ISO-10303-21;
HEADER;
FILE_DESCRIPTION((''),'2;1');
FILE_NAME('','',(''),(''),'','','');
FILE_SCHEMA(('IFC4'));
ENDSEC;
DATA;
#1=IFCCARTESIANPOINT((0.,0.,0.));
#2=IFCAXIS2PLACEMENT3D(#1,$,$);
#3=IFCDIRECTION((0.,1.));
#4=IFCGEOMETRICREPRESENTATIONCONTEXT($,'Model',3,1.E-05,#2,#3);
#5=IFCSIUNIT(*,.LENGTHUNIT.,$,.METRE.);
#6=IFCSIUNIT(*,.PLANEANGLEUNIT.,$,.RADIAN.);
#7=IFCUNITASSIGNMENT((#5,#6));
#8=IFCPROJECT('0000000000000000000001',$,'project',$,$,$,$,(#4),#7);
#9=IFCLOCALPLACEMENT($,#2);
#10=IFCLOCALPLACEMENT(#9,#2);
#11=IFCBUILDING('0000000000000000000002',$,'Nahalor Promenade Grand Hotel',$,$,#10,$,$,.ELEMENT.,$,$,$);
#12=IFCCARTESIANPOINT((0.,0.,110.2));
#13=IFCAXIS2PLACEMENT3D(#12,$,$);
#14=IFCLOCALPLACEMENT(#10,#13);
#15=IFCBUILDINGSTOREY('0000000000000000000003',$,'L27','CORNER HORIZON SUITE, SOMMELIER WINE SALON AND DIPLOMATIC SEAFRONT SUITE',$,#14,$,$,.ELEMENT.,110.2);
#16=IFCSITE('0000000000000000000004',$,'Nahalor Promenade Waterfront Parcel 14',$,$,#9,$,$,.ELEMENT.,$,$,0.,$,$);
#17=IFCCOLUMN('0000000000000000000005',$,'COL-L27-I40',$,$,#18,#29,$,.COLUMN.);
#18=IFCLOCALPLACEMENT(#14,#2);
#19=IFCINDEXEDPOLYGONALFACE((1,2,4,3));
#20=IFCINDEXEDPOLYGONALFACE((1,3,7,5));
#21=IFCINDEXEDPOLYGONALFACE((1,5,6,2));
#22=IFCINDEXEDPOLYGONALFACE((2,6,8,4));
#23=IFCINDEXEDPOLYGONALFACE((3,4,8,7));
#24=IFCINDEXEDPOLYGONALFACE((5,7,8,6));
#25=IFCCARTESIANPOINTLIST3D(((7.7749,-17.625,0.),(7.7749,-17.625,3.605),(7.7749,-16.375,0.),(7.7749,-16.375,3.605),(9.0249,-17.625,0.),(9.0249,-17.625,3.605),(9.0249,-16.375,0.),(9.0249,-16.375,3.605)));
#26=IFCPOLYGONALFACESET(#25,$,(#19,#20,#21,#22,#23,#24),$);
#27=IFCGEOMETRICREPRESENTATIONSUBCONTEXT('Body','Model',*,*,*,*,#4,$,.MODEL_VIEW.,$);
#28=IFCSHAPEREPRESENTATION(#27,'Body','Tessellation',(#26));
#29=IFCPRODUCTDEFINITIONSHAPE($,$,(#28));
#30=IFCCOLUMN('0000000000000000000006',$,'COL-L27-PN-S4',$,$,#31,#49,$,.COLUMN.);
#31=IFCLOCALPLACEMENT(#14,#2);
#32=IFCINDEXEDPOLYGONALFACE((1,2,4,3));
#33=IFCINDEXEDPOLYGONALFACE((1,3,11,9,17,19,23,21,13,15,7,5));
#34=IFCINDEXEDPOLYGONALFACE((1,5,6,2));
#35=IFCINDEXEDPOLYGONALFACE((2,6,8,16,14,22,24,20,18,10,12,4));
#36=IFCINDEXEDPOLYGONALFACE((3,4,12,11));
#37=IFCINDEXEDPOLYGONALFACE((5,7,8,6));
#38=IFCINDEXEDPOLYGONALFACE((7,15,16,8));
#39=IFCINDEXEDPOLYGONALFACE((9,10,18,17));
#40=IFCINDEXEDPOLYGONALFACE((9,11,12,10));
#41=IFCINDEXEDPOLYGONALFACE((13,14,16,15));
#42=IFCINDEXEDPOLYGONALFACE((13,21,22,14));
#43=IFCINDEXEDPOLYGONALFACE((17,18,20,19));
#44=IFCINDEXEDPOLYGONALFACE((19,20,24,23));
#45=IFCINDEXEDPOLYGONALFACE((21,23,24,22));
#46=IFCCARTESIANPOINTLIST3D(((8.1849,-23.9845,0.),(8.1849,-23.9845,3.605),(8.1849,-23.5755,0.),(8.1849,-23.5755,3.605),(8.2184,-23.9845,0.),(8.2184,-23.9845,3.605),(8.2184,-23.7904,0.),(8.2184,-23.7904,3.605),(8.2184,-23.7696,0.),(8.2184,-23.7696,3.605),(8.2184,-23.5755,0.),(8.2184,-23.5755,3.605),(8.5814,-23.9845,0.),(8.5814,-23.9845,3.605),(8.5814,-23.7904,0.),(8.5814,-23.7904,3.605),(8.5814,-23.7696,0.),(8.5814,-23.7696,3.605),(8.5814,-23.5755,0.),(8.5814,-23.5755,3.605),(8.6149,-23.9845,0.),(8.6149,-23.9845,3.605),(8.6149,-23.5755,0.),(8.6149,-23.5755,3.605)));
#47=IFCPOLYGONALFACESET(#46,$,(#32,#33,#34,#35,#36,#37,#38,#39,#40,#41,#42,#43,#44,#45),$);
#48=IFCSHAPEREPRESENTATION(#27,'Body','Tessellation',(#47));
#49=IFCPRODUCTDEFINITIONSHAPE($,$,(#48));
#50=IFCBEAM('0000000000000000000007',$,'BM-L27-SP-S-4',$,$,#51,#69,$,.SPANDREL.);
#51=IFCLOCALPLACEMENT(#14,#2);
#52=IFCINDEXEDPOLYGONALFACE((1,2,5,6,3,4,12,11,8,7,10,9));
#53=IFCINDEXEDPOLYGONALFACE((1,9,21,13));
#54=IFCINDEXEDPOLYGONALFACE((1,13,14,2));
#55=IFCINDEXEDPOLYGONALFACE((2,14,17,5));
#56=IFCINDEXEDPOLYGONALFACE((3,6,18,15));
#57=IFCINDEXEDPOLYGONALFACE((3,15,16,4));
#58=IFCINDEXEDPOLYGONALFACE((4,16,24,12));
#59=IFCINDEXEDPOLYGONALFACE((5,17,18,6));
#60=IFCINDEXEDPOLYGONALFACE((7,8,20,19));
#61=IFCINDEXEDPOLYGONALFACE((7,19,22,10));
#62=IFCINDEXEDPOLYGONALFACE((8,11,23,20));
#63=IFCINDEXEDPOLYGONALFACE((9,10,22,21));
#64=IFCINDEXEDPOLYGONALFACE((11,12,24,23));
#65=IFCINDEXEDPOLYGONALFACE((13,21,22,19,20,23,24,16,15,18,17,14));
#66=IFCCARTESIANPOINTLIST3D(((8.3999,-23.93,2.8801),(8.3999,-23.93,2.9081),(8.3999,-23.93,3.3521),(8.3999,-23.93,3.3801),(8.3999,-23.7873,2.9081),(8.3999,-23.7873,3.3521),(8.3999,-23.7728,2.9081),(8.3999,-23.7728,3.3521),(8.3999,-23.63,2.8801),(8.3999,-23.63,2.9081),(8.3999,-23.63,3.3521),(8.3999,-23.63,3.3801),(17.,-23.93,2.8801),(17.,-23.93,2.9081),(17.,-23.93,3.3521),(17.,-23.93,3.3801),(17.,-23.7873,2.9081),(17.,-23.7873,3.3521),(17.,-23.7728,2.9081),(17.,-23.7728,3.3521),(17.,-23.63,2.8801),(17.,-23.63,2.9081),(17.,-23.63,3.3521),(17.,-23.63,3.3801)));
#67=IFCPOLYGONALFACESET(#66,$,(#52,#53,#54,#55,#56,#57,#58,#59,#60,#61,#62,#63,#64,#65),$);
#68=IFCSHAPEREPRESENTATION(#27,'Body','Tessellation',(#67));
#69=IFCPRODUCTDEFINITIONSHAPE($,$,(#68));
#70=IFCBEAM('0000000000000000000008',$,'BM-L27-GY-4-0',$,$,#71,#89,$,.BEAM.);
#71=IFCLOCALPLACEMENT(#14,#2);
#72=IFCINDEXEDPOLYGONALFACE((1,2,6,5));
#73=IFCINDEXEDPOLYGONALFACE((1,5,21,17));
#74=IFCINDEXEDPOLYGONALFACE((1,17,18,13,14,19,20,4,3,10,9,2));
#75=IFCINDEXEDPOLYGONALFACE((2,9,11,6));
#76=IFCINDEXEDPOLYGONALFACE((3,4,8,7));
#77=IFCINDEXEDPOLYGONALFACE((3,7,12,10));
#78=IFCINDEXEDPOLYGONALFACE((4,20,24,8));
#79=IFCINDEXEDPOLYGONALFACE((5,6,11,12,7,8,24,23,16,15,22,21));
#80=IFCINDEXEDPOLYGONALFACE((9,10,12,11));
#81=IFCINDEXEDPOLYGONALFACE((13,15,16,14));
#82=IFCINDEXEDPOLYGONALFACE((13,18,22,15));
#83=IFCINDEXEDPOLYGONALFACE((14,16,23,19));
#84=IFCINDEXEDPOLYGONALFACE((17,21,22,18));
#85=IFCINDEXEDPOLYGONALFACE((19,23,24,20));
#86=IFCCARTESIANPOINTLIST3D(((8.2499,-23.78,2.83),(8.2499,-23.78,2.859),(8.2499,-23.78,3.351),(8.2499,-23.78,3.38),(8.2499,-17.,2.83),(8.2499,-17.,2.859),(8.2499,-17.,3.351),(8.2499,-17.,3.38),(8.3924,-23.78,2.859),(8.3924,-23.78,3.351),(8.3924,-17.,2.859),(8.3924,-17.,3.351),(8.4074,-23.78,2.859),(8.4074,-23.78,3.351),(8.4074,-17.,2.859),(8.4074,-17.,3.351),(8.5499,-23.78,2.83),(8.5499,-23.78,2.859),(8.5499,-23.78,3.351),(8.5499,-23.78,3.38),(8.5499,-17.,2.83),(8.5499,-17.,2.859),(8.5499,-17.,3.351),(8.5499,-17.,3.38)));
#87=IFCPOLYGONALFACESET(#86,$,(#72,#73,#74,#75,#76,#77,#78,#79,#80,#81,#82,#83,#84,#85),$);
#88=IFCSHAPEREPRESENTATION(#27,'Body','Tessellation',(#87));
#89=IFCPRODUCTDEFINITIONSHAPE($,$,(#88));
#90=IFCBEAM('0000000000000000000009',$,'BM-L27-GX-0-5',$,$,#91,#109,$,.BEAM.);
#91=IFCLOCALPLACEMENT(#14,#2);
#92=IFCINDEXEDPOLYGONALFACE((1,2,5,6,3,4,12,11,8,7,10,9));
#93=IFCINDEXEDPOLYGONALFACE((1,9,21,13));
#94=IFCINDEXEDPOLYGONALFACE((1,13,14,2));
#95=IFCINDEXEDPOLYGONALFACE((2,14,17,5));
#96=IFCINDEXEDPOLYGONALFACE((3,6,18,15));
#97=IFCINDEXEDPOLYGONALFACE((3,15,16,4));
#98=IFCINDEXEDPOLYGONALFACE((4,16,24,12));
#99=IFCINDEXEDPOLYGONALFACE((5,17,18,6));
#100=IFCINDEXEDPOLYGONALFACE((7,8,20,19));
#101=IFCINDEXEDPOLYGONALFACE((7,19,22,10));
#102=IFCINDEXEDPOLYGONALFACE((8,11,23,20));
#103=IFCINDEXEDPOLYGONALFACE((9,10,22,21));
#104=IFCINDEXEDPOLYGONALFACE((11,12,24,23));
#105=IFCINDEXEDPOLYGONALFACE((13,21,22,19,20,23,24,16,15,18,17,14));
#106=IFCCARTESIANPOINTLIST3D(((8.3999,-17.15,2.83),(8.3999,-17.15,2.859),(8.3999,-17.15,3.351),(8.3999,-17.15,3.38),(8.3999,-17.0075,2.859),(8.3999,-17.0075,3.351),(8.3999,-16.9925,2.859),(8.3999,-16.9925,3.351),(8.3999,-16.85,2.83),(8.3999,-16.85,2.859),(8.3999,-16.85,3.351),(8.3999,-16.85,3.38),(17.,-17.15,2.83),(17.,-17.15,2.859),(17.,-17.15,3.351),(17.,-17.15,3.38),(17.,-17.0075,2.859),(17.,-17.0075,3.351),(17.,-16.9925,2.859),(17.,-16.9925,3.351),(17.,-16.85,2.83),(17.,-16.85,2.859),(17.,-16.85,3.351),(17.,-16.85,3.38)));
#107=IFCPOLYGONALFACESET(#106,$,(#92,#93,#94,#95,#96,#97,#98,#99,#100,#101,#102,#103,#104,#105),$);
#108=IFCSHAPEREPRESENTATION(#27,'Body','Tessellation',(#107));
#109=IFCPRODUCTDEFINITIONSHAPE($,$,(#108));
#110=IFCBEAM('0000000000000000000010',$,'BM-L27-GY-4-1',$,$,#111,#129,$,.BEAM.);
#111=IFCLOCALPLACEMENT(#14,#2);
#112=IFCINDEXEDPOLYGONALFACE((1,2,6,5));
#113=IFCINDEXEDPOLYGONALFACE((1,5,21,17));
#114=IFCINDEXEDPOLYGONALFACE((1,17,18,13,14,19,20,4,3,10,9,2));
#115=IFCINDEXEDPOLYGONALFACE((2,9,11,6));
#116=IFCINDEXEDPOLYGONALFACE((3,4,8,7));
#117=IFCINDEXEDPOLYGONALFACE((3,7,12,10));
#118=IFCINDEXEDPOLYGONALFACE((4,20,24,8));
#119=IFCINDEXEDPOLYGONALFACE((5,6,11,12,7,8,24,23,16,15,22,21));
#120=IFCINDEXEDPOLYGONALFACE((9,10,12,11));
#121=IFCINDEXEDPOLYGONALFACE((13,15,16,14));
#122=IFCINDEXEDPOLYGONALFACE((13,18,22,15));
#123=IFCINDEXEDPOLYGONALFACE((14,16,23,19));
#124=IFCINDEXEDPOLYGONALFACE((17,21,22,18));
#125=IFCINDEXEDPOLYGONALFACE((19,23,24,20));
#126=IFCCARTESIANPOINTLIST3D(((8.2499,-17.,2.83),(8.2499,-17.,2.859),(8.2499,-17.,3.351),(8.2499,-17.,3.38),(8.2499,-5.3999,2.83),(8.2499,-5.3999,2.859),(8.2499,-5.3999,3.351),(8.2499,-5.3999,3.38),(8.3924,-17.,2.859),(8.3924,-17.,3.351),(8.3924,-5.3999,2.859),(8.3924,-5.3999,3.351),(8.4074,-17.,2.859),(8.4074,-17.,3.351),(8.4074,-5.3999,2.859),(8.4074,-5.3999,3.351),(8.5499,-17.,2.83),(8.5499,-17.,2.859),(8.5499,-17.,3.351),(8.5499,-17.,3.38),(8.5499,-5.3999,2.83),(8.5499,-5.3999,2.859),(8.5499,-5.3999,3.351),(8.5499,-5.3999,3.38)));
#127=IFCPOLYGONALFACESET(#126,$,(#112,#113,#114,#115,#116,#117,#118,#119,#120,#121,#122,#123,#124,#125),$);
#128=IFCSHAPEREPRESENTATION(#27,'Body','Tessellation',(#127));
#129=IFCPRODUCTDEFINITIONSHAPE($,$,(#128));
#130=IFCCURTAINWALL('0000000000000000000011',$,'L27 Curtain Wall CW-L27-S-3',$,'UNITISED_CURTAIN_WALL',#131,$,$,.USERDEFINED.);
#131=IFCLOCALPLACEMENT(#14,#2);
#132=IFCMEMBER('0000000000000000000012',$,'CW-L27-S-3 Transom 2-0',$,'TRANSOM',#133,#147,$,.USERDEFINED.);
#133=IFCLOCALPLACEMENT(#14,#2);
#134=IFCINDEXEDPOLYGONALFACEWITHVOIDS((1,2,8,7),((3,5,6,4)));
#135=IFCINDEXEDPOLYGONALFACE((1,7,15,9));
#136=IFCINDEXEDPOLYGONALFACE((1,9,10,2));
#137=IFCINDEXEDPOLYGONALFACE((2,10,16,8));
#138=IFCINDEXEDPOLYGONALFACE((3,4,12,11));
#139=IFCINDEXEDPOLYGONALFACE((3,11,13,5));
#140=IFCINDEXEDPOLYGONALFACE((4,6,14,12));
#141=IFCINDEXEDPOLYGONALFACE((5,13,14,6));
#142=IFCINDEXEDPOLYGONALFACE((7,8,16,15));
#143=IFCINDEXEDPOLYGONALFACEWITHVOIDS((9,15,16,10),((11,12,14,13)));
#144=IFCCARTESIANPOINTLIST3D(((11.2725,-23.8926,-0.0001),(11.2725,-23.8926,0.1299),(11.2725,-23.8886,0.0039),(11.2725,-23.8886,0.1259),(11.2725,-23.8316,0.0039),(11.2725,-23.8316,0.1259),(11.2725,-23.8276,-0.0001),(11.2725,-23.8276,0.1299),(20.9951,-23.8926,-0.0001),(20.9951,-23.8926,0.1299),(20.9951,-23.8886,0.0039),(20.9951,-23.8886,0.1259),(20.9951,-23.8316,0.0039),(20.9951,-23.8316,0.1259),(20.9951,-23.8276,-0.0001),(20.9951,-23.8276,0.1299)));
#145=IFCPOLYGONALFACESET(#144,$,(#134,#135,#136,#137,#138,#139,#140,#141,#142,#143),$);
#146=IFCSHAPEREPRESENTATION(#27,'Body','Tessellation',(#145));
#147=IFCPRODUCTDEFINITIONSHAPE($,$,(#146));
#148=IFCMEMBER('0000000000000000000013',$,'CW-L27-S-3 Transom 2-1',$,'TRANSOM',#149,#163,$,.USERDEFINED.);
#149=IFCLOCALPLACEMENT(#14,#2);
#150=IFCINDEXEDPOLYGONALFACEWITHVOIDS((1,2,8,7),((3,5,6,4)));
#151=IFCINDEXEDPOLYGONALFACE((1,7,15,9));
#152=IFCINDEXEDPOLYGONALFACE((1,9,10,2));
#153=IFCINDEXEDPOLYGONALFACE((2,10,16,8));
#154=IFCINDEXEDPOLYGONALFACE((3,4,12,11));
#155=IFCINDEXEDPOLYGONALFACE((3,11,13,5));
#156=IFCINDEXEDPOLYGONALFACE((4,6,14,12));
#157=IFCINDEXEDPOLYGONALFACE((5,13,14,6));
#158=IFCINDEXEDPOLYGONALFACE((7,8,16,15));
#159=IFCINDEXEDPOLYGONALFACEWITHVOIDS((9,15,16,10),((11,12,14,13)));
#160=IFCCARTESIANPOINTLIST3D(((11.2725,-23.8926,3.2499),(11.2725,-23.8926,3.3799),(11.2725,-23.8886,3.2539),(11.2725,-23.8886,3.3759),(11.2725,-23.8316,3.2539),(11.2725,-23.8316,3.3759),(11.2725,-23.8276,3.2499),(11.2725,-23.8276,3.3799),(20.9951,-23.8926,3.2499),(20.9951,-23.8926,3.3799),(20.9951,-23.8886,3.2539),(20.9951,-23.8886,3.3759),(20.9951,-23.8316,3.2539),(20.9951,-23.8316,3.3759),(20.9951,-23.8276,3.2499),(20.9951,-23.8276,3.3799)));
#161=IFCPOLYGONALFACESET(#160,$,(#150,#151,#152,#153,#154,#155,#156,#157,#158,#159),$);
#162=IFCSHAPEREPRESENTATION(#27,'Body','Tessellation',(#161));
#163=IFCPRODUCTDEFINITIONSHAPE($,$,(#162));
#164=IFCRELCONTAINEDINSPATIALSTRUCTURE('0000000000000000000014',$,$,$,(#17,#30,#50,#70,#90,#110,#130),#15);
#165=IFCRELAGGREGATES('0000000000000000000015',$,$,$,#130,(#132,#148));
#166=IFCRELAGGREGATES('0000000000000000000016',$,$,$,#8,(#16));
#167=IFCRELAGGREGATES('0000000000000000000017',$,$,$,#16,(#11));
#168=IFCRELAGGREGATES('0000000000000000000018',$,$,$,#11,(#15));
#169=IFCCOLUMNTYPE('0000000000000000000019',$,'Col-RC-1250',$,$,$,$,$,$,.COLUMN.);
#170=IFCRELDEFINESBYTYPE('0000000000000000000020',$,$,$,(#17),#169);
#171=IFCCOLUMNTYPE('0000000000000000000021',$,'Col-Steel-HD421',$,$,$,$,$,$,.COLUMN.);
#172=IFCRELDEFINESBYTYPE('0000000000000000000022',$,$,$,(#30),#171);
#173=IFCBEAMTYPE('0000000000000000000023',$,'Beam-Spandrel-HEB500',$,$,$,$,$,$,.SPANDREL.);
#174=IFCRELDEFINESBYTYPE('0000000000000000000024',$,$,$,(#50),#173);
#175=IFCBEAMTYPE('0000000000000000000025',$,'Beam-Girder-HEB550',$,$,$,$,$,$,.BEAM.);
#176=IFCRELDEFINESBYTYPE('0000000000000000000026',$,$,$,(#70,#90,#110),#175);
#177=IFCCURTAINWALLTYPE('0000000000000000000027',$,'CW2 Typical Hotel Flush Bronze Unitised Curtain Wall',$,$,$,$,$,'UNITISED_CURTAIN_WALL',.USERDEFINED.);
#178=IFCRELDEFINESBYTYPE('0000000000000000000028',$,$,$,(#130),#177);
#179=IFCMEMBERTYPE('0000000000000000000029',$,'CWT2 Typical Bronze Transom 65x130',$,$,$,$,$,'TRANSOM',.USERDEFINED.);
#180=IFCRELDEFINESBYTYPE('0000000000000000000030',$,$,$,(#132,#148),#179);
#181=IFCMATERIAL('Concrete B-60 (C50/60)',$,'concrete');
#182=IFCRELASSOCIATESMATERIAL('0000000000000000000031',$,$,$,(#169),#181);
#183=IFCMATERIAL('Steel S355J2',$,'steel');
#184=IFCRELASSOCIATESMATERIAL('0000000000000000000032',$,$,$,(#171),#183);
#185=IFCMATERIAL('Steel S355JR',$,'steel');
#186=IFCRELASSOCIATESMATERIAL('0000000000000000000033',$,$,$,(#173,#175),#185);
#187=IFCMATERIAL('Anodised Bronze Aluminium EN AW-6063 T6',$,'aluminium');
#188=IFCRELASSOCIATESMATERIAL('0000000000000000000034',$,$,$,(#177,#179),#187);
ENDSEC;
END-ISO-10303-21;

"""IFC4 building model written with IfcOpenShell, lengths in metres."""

from ifc_helpers import new_model, si_unit, direction, frame, origin, origin_2d, place, context, subcontext, project, spatial, rectangle, hollow_rectangle, i_section, extrude, source, transform, mapped, material, material_profile, profile_set, type_object, element, aggregate, save


model = new_model("IFC4")

# Units and contexts
model_context = context("Model", 3, precision=1e-05, world=origin(), true_north=direction((0.0, 1.0)))
body_context = subcontext(model_context, "Body", "Model", "MODEL_VIEW")
ifc_project = project(units=[si_unit("LENGTHUNIT", "METRE"), si_unit("PLANEANGLEUNIT", "RADIAN")], contexts=[model_context])

# Site, building, storey
site_placement = place(None, origin())
site = spatial("IfcSite", under=ifc_project, at=site_placement, Name="Nahalor Promenade Waterfront Parcel 14", CompositionType="ELEMENT", RefElevation=0.0)
building_placement = place(site_placement, origin())
building = spatial("IfcBuilding", under=site, at=building_placement, Name="Nahalor Promenade Grand Hotel", CompositionType="ELEMENT")
storey_placement = place(building_placement, frame((0.0, 0.0, 110.2)))
storey = spatial("IfcBuildingStorey", under=building, at=storey_placement, Name="L27", Description="CORNER HORIZON SUITE, SOMMELIER WINE SALON AND DIPLOMATIC SEAFRONT SUITE", CompositionType="ELEMENT", Elevation=110.2)

# Columns
ifc_material_1 = material(Name="Concrete B-60 (C50/60)", Category="concrete")
ifc_material_profile_1 = material_profile(ifc_material_1, rectangle(XDim=1.25, YDim=1.25, at=origin_2d()), Name="RC 1250x1250")
ifc_profile_set_1 = profile_set([ifc_material_profile_1], Name="Concrete B-60 (C50/60)")
column_type_1 = type_object("IfcColumnType", Name="Col-RC-1250", PredefinedType="COLUMN", material=ifc_profile_set_1)
shared_shape_1 = source(origin(), body_context, "Body", "SweptSolid", [
    extrude(rectangle(XDim=1.25, YDim=1.25, at=origin_2d()), origin(), (0.0, 0.0, 1.0), 3.605),
])
column_1_placement = place(storey_placement, frame((8.3999, -17.0, 0.0), z_axis=(0.0, 0.0, 1.0), x_axis=(1.0, 0.0, 0.0)))
element("IfcColumn", 1, at=column_1_placement, inside=storey, type_object=column_type_1, Name="COL-L27-I40", PredefinedType="COLUMN", context=body_context, shape_type="MappedRepresentation", body=[
    mapped(shared_shape_1, transform((0.0, 0.0, 0.0), scale=1.0)),
])
ifc_material_2 = material(Name="Steel S355J2", Category="steel")
ifc_material_profile_2 = material_profile(ifc_material_2, i_section(OverallWidth=0.409, OverallDepth=0.43, WebThickness=0.0208, FlangeThickness=0.0335, at=origin_2d()), Name="HD 400x421")
ifc_profile_set_2 = profile_set([ifc_material_profile_2], Name="Steel S355J2")
column_type_2 = type_object("IfcColumnType", Name="Col-Steel-HD421", PredefinedType="COLUMN", material=ifc_profile_set_2)
shared_shape_2 = source(origin(), body_context, "Body", "SweptSolid", [
    extrude(i_section(OverallWidth=0.409, OverallDepth=0.43, WebThickness=0.0208, FlangeThickness=0.0335, at=origin_2d()), origin(), (0.0, 0.0, 1.0), 3.605),
])
column_2_placement = place(storey_placement, frame((8.3999, -23.78, 0.0), z_axis=(0.0, 0.0, 1.0), x_axis=(0.0, 1.0, 0.0)))
element("IfcColumn", 2, at=column_2_placement, inside=storey, type_object=column_type_2, Name="COL-L27-PN-S4", PredefinedType="COLUMN", context=body_context, shape_type="MappedRepresentation", body=[
    mapped(shared_shape_2, transform((0.0, 0.0, 0.0), scale=1.0)),
])

# Beams
ifc_material_3 = material(Name="Steel S355JR", Category="steel")
ifc_material_profile_3 = material_profile(ifc_material_3, i_section(OverallWidth=0.3, OverallDepth=0.5, WebThickness=0.0145, FlangeThickness=0.028, at=origin_2d()), Name="HEB 500")
ifc_profile_set_3 = profile_set([ifc_material_profile_3], Name="Steel S355JR")
beam_type_1 = type_object("IfcBeamType", Name="Beam-Spandrel-HEB500", PredefinedType="SPANDREL", material=ifc_profile_set_3)
shared_shape_3 = source(origin(), body_context, "Body", "SweptSolid", [
    extrude(i_section(OverallWidth=0.3, OverallDepth=0.5, WebThickness=0.0145, FlangeThickness=0.028, at=origin_2d()), origin(), (0.0, 0.0, 1.0), 8.6001),
])
beam_1_placement = place(storey_placement, frame((8.3999, -23.78, 3.1301), z_axis=(1.0, 0.0, 0.0), x_axis=(0.0, 1.0, 0.0)))
element("IfcBeam", 3, at=beam_1_placement, inside=storey, type_object=beam_type_1, Name="BM-L27-SP-S-4", PredefinedType="SPANDREL", context=body_context, shape_type="MappedRepresentation", body=[
    mapped(shared_shape_3, transform((0.0, 0.0, 0.0), scale=1.0)),
])
ifc_material_profile_4 = material_profile(ifc_material_3, i_section(OverallWidth=0.3, OverallDepth=0.55, WebThickness=0.015, FlangeThickness=0.029, at=origin_2d()), Name="HEB 550")
ifc_profile_set_4 = profile_set([ifc_material_profile_4], Name="Steel S355JR")
beam_type_2 = type_object("IfcBeamType", Name="Beam-Girder-HEB550", PredefinedType="BEAM", material=ifc_profile_set_4)
shared_shape_4 = source(origin(), body_context, "Body", "SweptSolid", [
    extrude(i_section(OverallWidth=0.3, OverallDepth=0.55, WebThickness=0.015, FlangeThickness=0.029, at=origin_2d()), origin(), (0.0, 0.0, 1.0), 6.78),
])
beam_2_placement = place(storey_placement, frame((8.3999, -23.78, 3.105), z_axis=(0.0, 1.0, 0.0), x_axis=(-1.0, 0.0, 0.0)))
element("IfcBeam", 4, at=beam_2_placement, inside=storey, type_object=beam_type_2, Name="BM-L27-GY-4-0", PredefinedType="BEAM", context=body_context, shape_type="MappedRepresentation", body=[
    mapped(shared_shape_4, transform((0.0, 0.0, 0.0), scale=1.0)),
])
shared_shape_5 = source(origin(), body_context, "Body", "SweptSolid", [
    extrude(i_section(OverallWidth=0.3, OverallDepth=0.55, WebThickness=0.015, FlangeThickness=0.029, at=origin_2d()), origin(), (0.0, 0.0, 1.0), 8.6001),
])
beam_3_placement = place(storey_placement, frame((8.3999, -17.0, 3.105), z_axis=(1.0, 0.0, 0.0), x_axis=(0.0, 1.0, 0.0)))
element("IfcBeam", 5, at=beam_3_placement, inside=storey, type_object=beam_type_2, Name="BM-L27-GX-0-5", PredefinedType="BEAM", context=body_context, shape_type="MappedRepresentation", body=[
    mapped(shared_shape_5, transform((0.0, 0.0, 0.0), scale=1.0)),
])
shared_shape_6 = source(origin(), body_context, "Body", "SweptSolid", [
    extrude(i_section(OverallWidth=0.3, OverallDepth=0.55, WebThickness=0.015, FlangeThickness=0.029, at=origin_2d()), origin(), (0.0, 0.0, 1.0), 11.6001),
])
beam_4_placement = place(storey_placement, frame((8.3999, -17.0, 3.105), z_axis=(0.0, 1.0, 0.0), x_axis=(-1.0, 0.0, 0.0)))
element("IfcBeam", 6, at=beam_4_placement, inside=storey, type_object=beam_type_2, Name="BM-L27-GY-4-1", PredefinedType="BEAM", context=body_context, shape_type="MappedRepresentation", body=[
    mapped(shared_shape_6, transform((0.0, 0.0, 0.0), scale=1.0)),
])

# Curtain wall, members
ifc_material_4 = material(Name="Anodised Bronze Aluminium EN AW-6063 T6", Category="aluminium")
curtain_wall_type = type_object("IfcCurtainWallType", Name="CW2 Typical Hotel Flush Bronze Unitised Curtain Wall", ElementType="UNITISED_CURTAIN_WALL", PredefinedType="USERDEFINED", material=ifc_material_4)
curtain_wall_placement = place(storey_placement, origin())
curtain_wall = element("IfcCurtainWall", 7, at=curtain_wall_placement, inside=storey, type_object=curtain_wall_type, Name="L27 Curtain Wall CW-L27-S-3", ObjectType="UNITISED_CURTAIN_WALL", PredefinedType="USERDEFINED")
ifc_material_profile_5 = material_profile(ifc_material_4, hollow_rectangle(XDim=0.065, YDim=0.13, WallThickness=0.004, at=origin_2d()), Name="CWT 65x130x4")
ifc_profile_set_5 = profile_set([ifc_material_profile_5], Name="Anodised Bronze Aluminium EN AW-6063 T6")
member_type_1 = type_object("IfcMemberType", Name="CWT2 Typical Bronze Transom 65x130", ElementType="TRANSOM", PredefinedType="USERDEFINED", material=ifc_profile_set_5)
shared_shape_7 = source(origin(), body_context, "Body", "SweptSolid", [
    extrude(hollow_rectangle(XDim=0.065, YDim=0.13, WallThickness=0.004, at=origin_2d()), origin(), (0.0, 0.0, 1.0), 9.7227),
])
member_1_placement = place(storey_placement, frame((11.2725, -23.8601, 0.0649), z_axis=(1.0, 0.0, 0.0), x_axis=(0.0, 1.0, 0.0)))
member_1 = element("IfcMember", 8, at=member_1_placement, type_object=member_type_1, Name="CW-L27-S-3 Transom 2-0", ObjectType="TRANSOM", PredefinedType="USERDEFINED", context=body_context, shape_type="MappedRepresentation", body=[
    mapped(shared_shape_7, transform((0.0, 0.0, 0.0), scale=1.0)),
])
member_2_placement = place(storey_placement, frame((11.2725, -23.8601, 3.3149), z_axis=(1.0, 0.0, 0.0), x_axis=(0.0, 1.0, 0.0)))
member_2 = element("IfcMember", 9, at=member_2_placement, type_object=member_type_1, Name="CW-L27-S-3 Transom 2-1", ObjectType="TRANSOM", PredefinedType="USERDEFINED", context=body_context, shape_type="MappedRepresentation", body=[
    mapped(shared_shape_7, transform((0.0, 0.0, 0.0), scale=1.0)),
])
aggregate(curtain_wall, [member_1, member_2])

save(model, "model.ifc")
